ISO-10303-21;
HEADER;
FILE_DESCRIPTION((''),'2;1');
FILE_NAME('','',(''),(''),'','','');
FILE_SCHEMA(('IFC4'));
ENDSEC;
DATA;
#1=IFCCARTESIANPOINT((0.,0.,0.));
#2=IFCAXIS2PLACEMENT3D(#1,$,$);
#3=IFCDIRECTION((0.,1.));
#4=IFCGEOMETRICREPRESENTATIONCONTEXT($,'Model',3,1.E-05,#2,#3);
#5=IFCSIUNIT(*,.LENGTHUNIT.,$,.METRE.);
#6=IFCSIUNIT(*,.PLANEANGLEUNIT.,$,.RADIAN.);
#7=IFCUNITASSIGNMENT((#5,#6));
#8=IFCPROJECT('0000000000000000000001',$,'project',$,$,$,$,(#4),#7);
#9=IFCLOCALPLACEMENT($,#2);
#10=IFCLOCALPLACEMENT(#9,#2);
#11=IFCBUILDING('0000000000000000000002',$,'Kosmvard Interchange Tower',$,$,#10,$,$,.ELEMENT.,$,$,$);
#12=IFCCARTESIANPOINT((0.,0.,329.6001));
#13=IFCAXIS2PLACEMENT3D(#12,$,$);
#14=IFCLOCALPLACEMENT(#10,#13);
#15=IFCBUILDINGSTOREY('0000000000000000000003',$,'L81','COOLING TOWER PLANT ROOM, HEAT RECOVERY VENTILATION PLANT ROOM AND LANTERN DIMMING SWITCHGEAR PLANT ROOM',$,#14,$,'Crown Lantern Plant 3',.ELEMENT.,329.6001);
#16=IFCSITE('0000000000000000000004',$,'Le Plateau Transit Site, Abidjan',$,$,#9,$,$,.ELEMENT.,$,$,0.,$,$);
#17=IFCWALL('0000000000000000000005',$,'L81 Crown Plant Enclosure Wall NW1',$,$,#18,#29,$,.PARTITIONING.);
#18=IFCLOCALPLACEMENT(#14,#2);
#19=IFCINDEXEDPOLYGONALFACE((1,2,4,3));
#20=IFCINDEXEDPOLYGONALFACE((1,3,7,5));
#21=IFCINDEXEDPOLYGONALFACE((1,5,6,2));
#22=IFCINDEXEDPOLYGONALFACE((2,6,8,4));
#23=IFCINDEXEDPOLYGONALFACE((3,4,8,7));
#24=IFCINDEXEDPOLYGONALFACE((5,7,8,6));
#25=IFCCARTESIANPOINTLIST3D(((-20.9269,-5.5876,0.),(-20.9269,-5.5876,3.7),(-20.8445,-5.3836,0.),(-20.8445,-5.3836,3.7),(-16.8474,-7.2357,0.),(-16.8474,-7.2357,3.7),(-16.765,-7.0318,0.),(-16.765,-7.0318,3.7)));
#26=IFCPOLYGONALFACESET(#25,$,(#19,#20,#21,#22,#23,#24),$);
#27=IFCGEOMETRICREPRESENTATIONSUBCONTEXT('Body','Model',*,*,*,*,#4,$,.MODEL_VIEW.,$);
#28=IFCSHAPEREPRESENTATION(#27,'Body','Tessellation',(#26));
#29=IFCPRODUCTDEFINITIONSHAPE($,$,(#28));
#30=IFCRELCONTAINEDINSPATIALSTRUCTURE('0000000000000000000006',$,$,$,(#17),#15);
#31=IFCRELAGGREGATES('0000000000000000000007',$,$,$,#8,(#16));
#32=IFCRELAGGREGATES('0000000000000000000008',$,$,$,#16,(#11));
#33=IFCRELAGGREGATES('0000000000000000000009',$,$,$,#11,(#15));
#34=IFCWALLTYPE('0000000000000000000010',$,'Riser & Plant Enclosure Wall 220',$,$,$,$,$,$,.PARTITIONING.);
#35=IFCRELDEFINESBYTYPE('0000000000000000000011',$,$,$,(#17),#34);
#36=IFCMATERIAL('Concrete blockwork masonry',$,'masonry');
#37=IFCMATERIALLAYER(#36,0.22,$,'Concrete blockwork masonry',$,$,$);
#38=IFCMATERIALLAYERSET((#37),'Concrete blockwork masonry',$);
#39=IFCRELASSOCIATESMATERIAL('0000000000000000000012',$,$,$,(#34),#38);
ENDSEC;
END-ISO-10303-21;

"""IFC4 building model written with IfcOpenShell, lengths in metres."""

from ifc_helpers import new_model, si_unit, direction, frame, frame_2d, origin, place, context, subcontext, project, spatial, rectangle, extrude, material, layer, layer_set, type_object, element, save


model = new_model("IFC4")

# Units and contexts
model_context = context("Model", 3, precision=1e-05, world=origin(), true_north=direction((0.0, 1.0)))
body_context = subcontext(model_context, "Body", "Model", "MODEL_VIEW")
ifc_project = project(units=[si_unit("LENGTHUNIT", "METRE"), si_unit("PLANEANGLEUNIT", "RADIAN")], contexts=[model_context])

# Site, building, storey
site_placement = place(None, origin())
site = spatial("IfcSite", under=ifc_project, at=site_placement, Name="Le Plateau Transit Site, Abidjan", CompositionType="ELEMENT", RefElevation=0.0)
building_placement = place(site_placement, origin())
building = spatial("IfcBuilding", under=site, at=building_placement, Name="Kosmvard Interchange Tower", CompositionType="ELEMENT")
storey_placement = place(building_placement, frame((0.0, 0.0, 329.6001)))
storey = spatial("IfcBuildingStorey", under=building, at=storey_placement, Name="L81", Description="COOLING TOWER PLANT ROOM, HEAT RECOVERY VENTILATION PLANT ROOM AND LANTERN DIMMING SWITCHGEAR PLANT ROOM", LongName="Crown Lantern Plant 3", CompositionType="ELEMENT", Elevation=329.6001)

# Wall
ifc_material_1 = material(Name="Concrete blockwork masonry", Category="masonry")
ifc_layer_1 = layer(ifc_material_1, 0.22, Name="Concrete blockwork masonry")
ifc_layer_set_1 = layer_set([ifc_layer_1], Name="Concrete blockwork masonry")
wall_type = type_object("IfcWallType", Name="Riser & Plant Enclosure Wall 220", PredefinedType="PARTITIONING", material=ifc_layer_set_1)
wall_placement = place(storey_placement, frame((-20.8857, -5.4856, 0.0), z_axis=(0.0, 0.0, 1.0), x_axis=(0.927189, -0.374593, 0.0)))
element("IfcWall", 1, at=wall_placement, inside=storey, type_object=wall_type, Name="L81 Crown Plant Enclosure Wall NW1", PredefinedType="PARTITIONING", context=body_context, shape_type="SweptSolid", body=[
    extrude(rectangle(XDim=4.3999, YDim=0.22, at=frame_2d((2.2, 0.0))), origin(), (0.0, 0.0, 1.0), 3.7),
])

save(model, "model.ifc")
